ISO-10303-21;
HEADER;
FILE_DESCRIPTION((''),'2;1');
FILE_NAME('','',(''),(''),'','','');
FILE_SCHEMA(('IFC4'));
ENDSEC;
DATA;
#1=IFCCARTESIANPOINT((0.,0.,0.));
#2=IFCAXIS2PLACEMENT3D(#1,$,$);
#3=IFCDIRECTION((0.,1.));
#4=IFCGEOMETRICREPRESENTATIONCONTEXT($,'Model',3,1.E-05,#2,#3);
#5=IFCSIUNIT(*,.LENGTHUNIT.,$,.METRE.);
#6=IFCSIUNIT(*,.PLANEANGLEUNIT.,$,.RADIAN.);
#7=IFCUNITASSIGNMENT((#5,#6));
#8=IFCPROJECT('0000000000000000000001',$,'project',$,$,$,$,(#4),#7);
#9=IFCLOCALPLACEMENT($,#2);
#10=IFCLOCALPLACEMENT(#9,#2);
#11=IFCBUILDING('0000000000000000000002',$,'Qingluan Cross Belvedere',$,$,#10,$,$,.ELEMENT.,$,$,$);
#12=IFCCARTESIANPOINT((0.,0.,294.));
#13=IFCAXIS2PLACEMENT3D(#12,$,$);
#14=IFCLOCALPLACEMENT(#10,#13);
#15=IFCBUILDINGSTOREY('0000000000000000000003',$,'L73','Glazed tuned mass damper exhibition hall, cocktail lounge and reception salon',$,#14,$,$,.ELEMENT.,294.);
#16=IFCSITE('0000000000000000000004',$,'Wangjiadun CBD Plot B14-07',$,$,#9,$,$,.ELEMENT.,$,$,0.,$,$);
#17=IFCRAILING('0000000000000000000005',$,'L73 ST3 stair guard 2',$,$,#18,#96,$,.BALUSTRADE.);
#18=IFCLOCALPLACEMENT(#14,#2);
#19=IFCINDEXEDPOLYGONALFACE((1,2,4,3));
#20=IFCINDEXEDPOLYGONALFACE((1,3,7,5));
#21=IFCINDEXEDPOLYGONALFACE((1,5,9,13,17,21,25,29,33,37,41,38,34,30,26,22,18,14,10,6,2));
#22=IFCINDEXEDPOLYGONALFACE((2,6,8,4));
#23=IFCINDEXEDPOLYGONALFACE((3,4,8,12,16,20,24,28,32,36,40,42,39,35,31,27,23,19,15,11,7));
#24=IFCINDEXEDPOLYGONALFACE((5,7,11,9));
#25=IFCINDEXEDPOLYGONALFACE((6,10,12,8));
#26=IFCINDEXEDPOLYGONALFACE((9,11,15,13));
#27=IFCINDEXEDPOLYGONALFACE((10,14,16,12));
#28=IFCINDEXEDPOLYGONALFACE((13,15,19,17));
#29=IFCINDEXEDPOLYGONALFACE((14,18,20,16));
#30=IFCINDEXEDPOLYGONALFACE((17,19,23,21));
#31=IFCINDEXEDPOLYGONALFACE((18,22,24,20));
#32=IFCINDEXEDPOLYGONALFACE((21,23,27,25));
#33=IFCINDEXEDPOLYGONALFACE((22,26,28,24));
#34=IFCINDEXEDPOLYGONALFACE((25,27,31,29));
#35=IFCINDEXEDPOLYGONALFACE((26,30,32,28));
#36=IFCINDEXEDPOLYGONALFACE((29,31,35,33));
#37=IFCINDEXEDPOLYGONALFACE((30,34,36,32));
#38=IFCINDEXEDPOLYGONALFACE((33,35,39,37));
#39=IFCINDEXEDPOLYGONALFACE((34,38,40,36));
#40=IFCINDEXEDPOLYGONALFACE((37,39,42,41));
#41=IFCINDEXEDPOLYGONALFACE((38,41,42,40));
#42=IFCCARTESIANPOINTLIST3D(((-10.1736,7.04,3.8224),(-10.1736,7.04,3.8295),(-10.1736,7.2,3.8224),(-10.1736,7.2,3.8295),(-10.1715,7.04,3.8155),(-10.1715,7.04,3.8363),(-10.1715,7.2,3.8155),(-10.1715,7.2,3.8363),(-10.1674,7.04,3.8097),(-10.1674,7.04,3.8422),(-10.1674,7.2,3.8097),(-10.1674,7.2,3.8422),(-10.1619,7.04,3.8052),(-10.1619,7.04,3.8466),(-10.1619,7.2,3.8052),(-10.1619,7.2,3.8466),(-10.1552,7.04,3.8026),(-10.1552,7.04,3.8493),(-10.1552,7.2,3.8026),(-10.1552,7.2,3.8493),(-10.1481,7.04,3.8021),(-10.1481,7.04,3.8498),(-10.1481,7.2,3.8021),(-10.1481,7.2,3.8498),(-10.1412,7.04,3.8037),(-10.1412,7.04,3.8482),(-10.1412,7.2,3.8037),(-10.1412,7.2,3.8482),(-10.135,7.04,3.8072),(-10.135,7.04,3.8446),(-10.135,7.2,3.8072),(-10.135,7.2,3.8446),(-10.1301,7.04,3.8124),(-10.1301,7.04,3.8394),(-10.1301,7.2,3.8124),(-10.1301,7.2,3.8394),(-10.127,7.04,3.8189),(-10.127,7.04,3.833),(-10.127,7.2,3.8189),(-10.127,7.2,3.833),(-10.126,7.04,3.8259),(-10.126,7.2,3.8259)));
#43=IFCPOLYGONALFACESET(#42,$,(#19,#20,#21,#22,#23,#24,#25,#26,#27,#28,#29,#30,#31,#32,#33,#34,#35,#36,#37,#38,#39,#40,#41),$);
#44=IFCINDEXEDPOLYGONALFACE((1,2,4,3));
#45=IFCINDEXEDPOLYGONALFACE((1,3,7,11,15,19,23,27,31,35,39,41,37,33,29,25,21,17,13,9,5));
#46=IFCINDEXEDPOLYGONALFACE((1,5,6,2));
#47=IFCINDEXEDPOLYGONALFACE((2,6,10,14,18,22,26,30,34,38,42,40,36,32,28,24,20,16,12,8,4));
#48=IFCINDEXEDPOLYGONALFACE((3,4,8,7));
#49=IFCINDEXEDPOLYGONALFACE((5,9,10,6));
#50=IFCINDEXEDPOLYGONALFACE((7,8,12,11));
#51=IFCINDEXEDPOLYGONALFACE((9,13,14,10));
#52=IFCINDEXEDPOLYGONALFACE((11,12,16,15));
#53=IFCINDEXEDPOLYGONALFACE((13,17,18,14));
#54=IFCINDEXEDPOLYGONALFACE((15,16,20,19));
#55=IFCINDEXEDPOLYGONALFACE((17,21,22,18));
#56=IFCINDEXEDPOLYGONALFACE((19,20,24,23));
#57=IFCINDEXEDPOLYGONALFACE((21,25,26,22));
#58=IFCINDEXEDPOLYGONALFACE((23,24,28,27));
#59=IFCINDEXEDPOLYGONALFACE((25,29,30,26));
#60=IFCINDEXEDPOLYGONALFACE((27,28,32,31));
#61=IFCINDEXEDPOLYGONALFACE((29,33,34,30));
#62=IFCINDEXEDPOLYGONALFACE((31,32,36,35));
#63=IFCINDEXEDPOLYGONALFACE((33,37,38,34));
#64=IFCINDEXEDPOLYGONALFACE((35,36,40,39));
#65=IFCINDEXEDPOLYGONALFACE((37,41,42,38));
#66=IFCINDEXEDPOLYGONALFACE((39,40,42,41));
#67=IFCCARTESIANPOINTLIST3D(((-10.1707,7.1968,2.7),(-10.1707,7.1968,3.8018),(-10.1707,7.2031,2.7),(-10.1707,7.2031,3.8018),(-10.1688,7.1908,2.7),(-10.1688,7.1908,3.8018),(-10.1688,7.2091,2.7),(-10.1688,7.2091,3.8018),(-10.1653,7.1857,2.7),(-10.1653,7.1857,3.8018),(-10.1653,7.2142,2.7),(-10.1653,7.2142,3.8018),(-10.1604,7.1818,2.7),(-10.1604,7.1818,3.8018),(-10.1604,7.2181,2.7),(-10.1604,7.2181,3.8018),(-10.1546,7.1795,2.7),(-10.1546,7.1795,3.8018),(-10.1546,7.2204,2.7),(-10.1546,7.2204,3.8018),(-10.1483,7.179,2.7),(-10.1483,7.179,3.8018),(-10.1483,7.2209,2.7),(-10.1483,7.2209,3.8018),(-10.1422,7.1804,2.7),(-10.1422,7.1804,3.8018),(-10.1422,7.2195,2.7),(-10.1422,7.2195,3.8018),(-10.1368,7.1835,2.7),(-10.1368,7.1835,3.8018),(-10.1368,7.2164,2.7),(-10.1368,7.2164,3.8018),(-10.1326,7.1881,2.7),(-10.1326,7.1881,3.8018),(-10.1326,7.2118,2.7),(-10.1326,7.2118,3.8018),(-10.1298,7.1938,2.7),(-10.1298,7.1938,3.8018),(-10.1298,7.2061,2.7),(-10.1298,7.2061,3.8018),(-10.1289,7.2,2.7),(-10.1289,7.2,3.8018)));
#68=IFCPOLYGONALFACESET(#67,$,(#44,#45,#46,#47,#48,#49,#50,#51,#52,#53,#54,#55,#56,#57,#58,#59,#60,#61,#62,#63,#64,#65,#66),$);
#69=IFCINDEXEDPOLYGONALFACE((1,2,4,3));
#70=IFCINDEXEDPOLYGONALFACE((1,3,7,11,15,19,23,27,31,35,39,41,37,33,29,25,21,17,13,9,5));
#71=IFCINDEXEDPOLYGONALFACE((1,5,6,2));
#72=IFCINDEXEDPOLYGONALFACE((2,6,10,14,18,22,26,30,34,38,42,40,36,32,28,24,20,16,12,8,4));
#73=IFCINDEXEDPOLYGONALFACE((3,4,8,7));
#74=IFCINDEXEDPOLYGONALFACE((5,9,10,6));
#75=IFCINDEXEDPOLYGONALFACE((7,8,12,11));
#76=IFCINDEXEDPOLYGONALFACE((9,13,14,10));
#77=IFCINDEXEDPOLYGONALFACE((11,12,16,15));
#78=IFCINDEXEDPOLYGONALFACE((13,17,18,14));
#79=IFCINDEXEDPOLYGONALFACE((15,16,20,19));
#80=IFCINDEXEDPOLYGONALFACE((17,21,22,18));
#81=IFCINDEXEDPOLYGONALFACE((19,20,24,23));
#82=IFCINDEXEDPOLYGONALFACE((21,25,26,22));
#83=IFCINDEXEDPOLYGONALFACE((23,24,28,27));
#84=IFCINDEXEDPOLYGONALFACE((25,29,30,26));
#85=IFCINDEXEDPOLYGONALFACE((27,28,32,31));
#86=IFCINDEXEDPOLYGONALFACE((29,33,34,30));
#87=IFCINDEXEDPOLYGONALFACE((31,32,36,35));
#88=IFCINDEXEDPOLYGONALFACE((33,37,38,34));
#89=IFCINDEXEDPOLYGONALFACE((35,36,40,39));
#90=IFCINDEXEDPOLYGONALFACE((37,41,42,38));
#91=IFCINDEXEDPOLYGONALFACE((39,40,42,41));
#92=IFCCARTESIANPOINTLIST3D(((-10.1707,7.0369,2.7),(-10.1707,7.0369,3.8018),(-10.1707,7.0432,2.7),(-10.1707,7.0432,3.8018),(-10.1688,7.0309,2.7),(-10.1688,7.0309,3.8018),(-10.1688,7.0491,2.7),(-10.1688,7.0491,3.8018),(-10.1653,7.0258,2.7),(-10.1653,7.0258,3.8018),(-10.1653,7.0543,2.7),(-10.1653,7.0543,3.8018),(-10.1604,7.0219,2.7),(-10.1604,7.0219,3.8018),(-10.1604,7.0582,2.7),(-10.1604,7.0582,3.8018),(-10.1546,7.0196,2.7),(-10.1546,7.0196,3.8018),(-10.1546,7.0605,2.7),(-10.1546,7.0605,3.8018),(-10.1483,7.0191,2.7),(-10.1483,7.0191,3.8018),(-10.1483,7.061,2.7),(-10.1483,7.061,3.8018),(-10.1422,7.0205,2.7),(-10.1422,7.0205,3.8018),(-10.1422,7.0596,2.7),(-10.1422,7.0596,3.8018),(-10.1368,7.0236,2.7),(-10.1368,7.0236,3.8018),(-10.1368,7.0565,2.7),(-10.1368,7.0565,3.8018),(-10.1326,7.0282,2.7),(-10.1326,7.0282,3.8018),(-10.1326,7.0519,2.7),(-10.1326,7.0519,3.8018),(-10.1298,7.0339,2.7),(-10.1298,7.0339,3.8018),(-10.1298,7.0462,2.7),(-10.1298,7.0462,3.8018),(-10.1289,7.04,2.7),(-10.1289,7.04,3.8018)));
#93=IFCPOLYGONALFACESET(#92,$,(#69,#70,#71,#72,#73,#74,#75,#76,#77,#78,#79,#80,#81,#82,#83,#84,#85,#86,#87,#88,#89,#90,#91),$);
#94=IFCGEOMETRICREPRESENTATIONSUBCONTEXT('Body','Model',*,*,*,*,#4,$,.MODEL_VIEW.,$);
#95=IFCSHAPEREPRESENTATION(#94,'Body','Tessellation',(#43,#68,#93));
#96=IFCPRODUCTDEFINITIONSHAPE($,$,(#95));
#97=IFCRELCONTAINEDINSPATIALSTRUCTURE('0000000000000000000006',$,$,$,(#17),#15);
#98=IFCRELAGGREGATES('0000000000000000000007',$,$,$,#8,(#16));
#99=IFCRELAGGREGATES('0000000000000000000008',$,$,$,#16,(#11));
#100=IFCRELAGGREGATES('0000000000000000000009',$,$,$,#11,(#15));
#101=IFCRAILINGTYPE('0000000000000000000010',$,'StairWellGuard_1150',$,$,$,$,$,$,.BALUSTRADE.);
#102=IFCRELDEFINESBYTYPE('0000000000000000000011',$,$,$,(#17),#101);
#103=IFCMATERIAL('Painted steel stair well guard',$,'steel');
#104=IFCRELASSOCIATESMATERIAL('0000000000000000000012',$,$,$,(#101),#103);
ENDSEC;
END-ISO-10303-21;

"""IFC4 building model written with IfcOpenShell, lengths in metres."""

from ifc_helpers import new_model, si_unit, direction, frame, origin, origin_2d, place, context, subcontext, project, spatial, circle, extrude, material, type_object, element, save


model = new_model("IFC4")

# Units and contexts
model_context = context("Model", 3, precision=1e-05, world=origin(), true_north=direction((0.0, 1.0)))
body_context = subcontext(model_context, "Body", "Model", "MODEL_VIEW")
ifc_project = project(units=[si_unit("LENGTHUNIT", "METRE"), si_unit("PLANEANGLEUNIT", "RADIAN")], contexts=[model_context])

# Site, building, storey
site_placement = place(None, origin())
site = spatial("IfcSite", under=ifc_project, at=site_placement, Name="Wangjiadun CBD Plot B14-07", CompositionType="ELEMENT", RefElevation=0.0)
building_placement = place(site_placement, origin())
building = spatial("IfcBuilding", under=site, at=building_placement, Name="Qingluan Cross Belvedere", CompositionType="ELEMENT")
storey_placement = place(building_placement, frame((0.0, 0.0, 294.0)))
storey = spatial("IfcBuildingStorey", under=building, at=storey_placement, Name="L73", Description="Glazed tuned mass damper exhibition hall, cocktail lounge and reception salon", CompositionType="ELEMENT", Elevation=294.0)

# Railing
ifc_material_1 = material(Name="Painted steel stair well guard", Category="steel")
railing_type_1 = type_object("IfcRailingType", Name="StairWellGuard_1150", PredefinedType="BALUSTRADE", material=ifc_material_1)
railing_1_placement = place(storey_placement, frame((-10.1499, 7.2, 2.7)))
element("IfcRailing", 1, at=railing_1_placement, inside=storey, type_object=railing_type_1, Name="L73 ST3 stair guard 2", PredefinedType="BALUSTRADE", context=body_context, shape_type="SweptSolid", body=[
    extrude(circle(Radius=0.0239, at=origin_2d()), frame((0.0, 0.0, 1.126), z_axis=(0.0, -1.0, 0.0), x_axis=(1.0, 0.0, 0.0)), (0.0, 0.0, 1.0), 0.1599),
    extrude(circle(Radius=0.021, at=origin_2d()), origin(), (0.0, 0.0, 1.0), 1.1018),
    extrude(circle(Radius=0.021, at=origin_2d()), frame((0.0, -0.1599, 0.0)), (0.0, 0.0, 1.0), 1.1018),
])

save(model, "model.ifc")
